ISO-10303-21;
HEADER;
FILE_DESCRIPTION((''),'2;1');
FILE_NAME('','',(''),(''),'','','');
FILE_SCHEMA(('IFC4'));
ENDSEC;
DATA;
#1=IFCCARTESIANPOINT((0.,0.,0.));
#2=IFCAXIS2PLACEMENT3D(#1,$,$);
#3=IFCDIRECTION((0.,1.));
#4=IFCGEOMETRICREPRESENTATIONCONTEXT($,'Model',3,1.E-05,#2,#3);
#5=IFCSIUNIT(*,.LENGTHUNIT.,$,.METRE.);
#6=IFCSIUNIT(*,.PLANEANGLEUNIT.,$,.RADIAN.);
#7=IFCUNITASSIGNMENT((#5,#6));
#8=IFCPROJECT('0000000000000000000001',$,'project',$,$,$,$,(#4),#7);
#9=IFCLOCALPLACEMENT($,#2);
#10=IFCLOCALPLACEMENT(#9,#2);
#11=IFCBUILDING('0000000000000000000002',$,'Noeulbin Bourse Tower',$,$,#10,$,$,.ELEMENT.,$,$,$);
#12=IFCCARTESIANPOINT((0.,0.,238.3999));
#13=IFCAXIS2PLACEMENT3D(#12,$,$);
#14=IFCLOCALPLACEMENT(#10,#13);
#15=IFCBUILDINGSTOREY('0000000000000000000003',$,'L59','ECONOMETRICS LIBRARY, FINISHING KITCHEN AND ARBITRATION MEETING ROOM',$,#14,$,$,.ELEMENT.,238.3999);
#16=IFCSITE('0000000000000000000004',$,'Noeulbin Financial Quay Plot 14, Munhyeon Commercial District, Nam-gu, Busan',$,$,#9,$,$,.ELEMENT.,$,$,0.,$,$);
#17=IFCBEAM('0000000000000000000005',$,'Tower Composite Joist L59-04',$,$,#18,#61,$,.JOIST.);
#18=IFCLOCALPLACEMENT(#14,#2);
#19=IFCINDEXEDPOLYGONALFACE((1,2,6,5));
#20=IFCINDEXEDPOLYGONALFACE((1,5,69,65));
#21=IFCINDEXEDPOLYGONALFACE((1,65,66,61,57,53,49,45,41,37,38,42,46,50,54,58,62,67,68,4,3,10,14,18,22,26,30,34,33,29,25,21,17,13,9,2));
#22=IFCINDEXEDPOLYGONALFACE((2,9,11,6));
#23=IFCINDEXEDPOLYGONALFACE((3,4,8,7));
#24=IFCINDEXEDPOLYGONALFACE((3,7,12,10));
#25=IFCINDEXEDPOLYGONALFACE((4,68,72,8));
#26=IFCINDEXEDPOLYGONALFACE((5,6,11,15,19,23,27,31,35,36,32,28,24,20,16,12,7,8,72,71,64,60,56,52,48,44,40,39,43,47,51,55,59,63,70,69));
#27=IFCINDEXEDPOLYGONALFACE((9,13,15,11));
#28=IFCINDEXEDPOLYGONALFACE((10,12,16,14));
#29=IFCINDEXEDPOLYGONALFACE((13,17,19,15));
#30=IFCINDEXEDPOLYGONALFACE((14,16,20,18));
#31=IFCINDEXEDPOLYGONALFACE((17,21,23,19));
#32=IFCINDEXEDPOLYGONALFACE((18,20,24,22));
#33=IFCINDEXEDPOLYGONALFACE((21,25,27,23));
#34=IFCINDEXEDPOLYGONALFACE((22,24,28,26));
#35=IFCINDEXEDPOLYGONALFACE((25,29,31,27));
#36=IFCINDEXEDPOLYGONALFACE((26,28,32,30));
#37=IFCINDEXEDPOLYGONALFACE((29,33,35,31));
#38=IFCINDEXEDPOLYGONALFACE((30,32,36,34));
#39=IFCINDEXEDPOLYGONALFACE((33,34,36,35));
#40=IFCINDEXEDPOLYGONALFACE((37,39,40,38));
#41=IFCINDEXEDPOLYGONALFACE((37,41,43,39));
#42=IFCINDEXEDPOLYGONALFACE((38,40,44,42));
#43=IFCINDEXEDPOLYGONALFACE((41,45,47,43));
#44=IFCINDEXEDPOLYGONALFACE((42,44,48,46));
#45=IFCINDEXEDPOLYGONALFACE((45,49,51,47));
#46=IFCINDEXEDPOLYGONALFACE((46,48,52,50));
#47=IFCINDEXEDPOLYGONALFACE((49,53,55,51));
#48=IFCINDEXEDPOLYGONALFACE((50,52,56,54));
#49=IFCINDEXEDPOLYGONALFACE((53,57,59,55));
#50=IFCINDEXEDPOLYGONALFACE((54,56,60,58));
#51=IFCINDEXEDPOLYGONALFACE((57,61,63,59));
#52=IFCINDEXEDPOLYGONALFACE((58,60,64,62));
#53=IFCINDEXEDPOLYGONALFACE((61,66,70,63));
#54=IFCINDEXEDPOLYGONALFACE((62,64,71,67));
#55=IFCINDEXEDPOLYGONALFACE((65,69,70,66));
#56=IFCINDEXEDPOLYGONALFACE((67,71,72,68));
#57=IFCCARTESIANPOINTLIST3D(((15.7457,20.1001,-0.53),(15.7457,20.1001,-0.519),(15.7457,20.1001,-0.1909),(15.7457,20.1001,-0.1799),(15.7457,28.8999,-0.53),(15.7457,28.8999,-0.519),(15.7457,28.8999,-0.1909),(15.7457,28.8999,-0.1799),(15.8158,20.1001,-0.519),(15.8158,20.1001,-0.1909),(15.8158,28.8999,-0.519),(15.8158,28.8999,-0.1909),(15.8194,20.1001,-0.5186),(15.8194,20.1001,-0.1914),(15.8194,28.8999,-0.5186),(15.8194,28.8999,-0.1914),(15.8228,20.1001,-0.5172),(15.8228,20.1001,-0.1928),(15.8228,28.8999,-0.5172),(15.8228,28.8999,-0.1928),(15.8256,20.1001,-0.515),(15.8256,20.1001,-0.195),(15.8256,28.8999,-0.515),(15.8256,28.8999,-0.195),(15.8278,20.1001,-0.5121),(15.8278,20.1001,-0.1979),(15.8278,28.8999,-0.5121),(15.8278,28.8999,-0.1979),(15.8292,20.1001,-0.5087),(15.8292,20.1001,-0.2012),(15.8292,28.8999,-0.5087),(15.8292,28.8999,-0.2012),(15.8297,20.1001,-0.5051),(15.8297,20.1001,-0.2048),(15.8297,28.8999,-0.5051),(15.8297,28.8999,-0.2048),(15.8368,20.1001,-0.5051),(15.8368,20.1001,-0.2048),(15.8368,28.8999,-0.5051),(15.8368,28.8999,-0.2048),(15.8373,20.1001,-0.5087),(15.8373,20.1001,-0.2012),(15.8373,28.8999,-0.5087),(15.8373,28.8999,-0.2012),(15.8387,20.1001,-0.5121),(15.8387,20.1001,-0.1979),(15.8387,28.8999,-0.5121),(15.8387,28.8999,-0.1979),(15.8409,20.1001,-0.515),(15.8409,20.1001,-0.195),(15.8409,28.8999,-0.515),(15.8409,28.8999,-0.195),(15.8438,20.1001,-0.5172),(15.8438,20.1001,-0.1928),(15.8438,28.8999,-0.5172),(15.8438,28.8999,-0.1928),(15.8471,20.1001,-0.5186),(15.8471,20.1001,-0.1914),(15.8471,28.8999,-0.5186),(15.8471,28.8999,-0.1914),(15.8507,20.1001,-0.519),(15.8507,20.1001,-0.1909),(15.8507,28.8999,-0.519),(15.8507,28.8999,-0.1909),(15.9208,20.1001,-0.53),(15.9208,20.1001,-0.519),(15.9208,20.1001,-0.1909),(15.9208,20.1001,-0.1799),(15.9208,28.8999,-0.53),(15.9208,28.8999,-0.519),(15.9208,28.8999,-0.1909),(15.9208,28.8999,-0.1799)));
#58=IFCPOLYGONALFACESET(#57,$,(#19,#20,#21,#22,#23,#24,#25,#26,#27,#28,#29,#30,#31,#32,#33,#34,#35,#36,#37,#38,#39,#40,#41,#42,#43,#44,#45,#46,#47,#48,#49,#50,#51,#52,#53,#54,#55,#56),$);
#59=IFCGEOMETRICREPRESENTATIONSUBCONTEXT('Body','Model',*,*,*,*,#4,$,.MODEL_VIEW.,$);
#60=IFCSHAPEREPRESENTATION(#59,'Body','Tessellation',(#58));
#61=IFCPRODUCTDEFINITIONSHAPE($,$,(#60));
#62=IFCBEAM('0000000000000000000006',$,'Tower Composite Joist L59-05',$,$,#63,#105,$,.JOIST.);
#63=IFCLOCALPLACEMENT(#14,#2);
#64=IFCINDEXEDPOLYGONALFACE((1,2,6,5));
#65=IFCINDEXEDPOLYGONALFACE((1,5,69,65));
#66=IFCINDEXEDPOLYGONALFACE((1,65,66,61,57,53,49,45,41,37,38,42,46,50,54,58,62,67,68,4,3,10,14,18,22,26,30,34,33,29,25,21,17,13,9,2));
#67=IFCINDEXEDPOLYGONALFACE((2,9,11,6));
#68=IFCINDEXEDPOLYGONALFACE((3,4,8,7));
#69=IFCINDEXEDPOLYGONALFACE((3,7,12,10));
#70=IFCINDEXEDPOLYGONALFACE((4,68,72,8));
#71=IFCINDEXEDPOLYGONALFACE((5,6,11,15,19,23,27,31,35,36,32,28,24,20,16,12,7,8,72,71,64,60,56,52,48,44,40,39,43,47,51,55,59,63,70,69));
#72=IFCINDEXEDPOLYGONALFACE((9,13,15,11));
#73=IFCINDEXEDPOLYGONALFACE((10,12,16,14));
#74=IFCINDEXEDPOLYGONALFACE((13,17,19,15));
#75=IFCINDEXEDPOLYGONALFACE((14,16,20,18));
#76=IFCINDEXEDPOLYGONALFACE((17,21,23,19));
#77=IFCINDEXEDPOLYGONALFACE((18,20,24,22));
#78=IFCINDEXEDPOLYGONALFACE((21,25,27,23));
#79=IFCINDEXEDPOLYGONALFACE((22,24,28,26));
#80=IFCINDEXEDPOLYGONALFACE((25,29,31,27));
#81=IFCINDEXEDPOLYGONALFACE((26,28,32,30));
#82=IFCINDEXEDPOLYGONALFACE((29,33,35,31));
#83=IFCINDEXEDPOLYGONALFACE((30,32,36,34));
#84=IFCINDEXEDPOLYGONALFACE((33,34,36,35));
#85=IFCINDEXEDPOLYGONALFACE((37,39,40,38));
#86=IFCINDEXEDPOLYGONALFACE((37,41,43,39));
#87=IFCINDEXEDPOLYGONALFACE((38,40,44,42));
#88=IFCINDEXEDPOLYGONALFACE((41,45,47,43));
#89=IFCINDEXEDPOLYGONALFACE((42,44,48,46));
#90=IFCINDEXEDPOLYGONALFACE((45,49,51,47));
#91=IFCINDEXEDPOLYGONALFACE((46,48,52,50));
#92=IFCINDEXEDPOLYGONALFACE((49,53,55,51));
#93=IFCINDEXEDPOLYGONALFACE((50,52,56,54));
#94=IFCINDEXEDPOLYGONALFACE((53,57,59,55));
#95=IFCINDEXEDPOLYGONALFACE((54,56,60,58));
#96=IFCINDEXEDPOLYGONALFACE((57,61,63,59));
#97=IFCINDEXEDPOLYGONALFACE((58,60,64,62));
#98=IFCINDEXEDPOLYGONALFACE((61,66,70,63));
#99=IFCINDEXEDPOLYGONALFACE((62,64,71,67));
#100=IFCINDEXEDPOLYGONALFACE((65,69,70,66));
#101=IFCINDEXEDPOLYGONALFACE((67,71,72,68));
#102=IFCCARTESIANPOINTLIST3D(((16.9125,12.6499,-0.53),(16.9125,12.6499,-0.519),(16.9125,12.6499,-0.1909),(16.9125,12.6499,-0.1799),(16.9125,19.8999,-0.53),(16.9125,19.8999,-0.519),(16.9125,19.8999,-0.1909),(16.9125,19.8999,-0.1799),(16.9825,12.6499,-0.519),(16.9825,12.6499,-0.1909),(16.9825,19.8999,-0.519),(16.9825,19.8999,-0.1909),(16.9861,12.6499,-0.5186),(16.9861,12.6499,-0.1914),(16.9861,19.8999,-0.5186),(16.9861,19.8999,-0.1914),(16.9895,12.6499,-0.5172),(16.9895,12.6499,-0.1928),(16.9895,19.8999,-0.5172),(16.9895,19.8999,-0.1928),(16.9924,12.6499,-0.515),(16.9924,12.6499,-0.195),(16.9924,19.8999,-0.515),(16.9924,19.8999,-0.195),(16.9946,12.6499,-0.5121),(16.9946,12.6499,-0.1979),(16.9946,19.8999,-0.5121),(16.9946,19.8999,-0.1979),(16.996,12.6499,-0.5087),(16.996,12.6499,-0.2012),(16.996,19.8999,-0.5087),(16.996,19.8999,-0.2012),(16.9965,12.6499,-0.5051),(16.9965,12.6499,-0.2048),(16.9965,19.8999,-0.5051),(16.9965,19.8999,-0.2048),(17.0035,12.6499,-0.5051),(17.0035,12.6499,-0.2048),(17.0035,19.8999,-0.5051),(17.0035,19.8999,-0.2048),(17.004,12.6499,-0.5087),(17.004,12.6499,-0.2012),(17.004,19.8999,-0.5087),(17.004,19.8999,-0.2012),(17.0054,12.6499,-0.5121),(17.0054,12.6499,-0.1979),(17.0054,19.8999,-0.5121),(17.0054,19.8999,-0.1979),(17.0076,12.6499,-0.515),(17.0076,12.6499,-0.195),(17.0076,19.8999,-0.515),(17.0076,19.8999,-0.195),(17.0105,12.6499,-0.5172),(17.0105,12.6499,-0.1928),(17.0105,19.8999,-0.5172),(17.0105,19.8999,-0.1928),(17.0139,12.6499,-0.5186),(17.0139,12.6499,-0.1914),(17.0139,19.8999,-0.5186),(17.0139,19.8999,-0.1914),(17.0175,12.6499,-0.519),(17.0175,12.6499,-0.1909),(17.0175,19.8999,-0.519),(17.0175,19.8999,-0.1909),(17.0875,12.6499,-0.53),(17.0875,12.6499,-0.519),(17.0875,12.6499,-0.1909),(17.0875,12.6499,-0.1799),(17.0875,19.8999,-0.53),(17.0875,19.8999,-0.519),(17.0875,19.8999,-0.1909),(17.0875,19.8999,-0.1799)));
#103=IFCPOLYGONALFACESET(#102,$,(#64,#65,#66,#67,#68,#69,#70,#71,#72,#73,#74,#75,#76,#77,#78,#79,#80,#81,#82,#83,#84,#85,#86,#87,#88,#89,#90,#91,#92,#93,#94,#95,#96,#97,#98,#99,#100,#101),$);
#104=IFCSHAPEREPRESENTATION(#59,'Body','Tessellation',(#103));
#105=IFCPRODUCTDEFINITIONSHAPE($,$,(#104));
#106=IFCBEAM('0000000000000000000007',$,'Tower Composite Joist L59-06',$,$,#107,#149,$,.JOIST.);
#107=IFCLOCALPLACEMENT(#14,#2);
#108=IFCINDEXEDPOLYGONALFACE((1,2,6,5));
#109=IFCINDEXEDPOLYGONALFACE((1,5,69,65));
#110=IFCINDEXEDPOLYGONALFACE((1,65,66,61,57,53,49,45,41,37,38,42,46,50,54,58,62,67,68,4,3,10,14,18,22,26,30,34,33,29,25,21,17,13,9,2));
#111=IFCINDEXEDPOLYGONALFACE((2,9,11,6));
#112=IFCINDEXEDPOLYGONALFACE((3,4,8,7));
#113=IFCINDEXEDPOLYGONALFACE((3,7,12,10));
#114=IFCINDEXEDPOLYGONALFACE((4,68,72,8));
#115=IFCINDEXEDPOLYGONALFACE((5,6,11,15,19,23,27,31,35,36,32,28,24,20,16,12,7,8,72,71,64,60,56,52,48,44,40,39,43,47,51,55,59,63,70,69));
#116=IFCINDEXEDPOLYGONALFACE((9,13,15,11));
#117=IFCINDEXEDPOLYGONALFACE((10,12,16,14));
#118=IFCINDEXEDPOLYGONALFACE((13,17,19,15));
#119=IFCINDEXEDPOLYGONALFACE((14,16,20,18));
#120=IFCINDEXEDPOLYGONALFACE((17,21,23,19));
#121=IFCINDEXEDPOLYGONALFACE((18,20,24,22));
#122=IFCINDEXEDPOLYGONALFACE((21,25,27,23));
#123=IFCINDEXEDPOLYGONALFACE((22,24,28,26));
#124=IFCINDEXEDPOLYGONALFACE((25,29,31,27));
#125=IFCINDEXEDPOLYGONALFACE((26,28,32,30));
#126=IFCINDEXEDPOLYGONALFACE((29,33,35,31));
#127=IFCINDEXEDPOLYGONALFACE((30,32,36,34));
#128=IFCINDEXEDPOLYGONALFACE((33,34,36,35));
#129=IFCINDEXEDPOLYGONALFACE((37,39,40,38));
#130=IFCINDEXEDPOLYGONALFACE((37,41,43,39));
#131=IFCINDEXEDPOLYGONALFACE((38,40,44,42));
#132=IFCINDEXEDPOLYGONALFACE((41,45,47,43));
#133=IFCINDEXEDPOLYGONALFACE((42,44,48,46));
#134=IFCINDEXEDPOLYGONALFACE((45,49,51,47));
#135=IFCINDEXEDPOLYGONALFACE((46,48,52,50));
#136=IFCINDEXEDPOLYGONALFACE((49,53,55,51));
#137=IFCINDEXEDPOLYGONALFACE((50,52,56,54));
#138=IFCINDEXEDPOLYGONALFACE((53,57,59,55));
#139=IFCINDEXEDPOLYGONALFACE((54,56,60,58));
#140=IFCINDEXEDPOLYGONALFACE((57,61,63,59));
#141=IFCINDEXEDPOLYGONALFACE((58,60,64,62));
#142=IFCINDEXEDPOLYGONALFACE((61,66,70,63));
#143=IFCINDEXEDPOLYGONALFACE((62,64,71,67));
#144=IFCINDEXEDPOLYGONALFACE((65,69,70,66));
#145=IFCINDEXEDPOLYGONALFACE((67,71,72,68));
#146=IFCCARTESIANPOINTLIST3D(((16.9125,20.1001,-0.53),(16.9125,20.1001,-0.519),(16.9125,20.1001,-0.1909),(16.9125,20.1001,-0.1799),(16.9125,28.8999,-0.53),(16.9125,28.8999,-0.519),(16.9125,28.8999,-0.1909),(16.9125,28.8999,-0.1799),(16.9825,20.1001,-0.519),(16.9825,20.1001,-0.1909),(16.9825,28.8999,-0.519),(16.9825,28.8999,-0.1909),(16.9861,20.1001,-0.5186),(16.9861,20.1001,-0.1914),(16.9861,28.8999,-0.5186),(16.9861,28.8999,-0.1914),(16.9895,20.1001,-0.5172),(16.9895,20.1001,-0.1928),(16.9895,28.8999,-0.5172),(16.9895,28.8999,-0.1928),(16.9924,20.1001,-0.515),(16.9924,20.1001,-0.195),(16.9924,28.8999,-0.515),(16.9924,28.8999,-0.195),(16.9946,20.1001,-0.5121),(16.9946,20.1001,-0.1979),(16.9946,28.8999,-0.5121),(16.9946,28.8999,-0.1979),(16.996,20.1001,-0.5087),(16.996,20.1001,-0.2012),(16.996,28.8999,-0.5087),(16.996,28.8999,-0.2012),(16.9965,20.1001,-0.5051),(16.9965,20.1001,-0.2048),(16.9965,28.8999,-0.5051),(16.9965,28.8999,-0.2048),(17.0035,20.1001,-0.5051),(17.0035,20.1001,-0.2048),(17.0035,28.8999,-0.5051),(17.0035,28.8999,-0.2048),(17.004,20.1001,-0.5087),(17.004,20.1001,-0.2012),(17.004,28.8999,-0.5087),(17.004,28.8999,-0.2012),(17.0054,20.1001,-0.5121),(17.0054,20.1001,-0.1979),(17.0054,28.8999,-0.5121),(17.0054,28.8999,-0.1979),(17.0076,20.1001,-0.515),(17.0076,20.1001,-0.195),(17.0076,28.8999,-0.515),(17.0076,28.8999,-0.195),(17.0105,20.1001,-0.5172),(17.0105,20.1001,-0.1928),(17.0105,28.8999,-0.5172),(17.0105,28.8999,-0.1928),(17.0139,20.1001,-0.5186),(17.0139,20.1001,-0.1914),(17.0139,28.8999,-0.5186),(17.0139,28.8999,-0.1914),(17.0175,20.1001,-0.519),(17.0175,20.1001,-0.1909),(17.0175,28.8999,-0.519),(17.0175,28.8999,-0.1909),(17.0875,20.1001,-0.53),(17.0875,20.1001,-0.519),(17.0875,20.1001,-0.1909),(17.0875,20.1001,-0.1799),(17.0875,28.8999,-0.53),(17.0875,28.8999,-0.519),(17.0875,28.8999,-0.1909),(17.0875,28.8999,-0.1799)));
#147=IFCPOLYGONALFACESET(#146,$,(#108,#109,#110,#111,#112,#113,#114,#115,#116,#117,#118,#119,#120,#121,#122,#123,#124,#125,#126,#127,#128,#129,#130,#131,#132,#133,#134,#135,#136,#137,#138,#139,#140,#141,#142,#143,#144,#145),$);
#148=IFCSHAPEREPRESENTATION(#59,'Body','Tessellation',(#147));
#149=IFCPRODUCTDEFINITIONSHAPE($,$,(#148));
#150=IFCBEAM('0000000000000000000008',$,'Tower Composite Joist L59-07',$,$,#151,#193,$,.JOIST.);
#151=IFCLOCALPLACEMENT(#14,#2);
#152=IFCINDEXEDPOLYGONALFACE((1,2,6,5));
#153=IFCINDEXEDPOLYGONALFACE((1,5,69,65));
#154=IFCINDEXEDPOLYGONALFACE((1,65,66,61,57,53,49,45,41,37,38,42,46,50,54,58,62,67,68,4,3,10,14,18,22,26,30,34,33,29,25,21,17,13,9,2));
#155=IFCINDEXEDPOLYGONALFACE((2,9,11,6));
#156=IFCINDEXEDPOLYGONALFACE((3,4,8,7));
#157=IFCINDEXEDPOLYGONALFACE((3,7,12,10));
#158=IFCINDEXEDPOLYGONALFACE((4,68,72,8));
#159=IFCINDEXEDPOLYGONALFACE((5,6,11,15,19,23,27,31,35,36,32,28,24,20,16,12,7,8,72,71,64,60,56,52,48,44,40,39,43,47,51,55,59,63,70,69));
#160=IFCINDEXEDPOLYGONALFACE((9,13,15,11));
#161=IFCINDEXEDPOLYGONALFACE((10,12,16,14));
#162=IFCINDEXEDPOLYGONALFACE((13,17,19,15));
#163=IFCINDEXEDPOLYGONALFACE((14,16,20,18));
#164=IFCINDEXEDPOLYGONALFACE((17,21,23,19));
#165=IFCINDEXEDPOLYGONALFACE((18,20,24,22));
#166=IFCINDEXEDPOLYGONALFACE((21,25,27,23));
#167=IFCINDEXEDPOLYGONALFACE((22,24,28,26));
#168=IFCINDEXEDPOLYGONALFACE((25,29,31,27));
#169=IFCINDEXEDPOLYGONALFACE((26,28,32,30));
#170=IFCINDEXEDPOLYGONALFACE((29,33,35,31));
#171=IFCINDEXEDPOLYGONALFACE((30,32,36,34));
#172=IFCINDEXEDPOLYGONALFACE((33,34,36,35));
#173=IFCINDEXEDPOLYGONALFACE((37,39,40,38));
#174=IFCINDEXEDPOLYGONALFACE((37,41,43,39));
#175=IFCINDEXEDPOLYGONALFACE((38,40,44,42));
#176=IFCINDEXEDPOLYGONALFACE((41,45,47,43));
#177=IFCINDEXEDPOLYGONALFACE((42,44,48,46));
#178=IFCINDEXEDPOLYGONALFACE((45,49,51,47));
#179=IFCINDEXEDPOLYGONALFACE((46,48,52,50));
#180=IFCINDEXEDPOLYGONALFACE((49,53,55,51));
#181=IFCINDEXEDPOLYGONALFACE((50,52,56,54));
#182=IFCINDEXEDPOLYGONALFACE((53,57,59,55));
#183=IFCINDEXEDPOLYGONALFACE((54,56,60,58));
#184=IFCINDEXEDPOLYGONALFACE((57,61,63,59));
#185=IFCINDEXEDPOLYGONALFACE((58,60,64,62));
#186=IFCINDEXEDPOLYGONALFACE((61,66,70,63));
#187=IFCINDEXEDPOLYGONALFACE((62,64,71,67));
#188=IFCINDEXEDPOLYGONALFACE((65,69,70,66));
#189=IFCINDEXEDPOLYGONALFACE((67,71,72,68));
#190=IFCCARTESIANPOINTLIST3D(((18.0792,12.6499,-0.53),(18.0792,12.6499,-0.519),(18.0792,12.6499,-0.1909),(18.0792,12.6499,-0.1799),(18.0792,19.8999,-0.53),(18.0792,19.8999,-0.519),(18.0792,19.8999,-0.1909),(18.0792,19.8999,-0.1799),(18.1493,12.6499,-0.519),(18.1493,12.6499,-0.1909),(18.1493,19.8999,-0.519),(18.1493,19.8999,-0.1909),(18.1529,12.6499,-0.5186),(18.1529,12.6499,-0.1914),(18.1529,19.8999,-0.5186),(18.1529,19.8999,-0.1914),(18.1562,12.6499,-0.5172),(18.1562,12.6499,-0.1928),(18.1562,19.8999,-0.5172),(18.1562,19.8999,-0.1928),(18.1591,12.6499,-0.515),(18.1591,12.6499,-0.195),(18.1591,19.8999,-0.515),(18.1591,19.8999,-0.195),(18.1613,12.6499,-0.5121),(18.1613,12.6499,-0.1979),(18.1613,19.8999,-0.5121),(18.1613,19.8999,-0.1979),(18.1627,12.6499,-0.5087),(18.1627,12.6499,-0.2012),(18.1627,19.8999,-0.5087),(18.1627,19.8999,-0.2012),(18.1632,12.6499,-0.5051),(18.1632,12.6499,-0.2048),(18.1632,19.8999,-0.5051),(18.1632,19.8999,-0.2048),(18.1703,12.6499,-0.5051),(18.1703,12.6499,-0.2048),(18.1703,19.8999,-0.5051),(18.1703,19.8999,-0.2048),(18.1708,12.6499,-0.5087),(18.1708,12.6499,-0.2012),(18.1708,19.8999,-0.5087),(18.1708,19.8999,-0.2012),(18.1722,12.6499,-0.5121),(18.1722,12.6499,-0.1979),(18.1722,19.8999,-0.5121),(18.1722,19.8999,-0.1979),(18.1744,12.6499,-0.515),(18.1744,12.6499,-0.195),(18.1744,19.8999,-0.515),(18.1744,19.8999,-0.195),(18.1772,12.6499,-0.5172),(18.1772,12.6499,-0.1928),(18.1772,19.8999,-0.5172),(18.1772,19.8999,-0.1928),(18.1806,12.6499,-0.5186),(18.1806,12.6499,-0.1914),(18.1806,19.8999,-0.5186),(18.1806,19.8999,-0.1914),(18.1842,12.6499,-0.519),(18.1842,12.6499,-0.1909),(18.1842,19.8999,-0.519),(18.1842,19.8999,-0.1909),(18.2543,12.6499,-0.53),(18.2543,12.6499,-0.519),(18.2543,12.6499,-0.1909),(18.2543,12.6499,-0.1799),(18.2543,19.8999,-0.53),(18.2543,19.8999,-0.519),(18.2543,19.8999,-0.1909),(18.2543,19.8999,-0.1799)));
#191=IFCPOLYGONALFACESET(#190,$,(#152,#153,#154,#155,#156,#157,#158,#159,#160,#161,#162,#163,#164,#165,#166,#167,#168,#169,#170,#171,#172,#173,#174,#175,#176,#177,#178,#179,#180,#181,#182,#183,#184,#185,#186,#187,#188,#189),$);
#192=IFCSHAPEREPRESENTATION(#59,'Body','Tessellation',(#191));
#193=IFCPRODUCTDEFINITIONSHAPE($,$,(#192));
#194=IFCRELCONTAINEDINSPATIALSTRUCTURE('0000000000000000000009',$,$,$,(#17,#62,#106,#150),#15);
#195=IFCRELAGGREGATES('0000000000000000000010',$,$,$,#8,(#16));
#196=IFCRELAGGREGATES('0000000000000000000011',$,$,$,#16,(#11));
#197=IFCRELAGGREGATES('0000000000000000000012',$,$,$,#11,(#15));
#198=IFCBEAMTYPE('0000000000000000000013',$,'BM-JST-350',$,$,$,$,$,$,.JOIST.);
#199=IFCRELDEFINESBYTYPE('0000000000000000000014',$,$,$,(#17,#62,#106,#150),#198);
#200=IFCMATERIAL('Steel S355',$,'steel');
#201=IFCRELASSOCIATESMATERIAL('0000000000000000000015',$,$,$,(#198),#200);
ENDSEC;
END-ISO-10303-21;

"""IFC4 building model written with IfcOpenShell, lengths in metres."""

from ifc_helpers import new_model, si_unit, direction, frame, origin, origin_2d, place, context, subcontext, project, spatial, i_section, extrude, material, material_profile, profile_set, type_object, element, save


model = new_model("IFC4")

# Units and contexts
model_context = context("Model", 3, precision=1e-05, world=origin(), true_north=direction((0.0, 1.0)))
body_context = subcontext(model_context, "Body", "Model", "MODEL_VIEW")
ifc_project = project(units=[si_unit("LENGTHUNIT", "METRE"), si_unit("PLANEANGLEUNIT", "RADIAN")], contexts=[model_context])

# Site, building, storey
site_placement = place(None, origin())
site = spatial("IfcSite", under=ifc_project, at=site_placement, Name="Noeulbin Financial Quay Plot 14, Munhyeon Commercial District, Nam-gu, Busan", CompositionType="ELEMENT", RefElevation=0.0)
building_placement = place(site_placement, origin())
building = spatial("IfcBuilding", under=site, at=building_placement, Name="Noeulbin Bourse Tower", CompositionType="ELEMENT")
storey_placement = place(building_placement, frame((0.0, 0.0, 238.3999)))
storey = spatial("IfcBuildingStorey", under=building, at=storey_placement, Name="L59", Description="ECONOMETRICS LIBRARY, FINISHING KITCHEN AND ARBITRATION MEETING ROOM", CompositionType="ELEMENT", Elevation=238.3999)

# Shared definitions
ifc_material_1 = material(Name="Steel S355", Category="steel")

# Beams
ifc_material_profile_1 = material_profile(ifc_material_1, i_section(OverallWidth=0.175, OverallDepth=0.3501, WebThickness=0.0071, FlangeThickness=0.011, FilletRadius=0.0139, at=origin_2d()), Name="H-350x175x7x11", Category="LoadBearing")
ifc_profile_set_1 = profile_set([ifc_material_profile_1], Name="Steel S355")
beam_type_1 = type_object("IfcBeamType", Name="BM-JST-350", PredefinedType="JOIST", material=ifc_profile_set_1)
beam_1_placement = place(storey_placement, frame((15.8333, 20.1001, -0.355), z_axis=(0.0, 1.0, 0.0), x_axis=(-1.0, 0.0, 0.0)))
element("IfcBeam", 1, at=beam_1_placement, inside=storey, type_object=beam_type_1, Name="Tower Composite Joist L59-04", PredefinedType="JOIST", context=body_context, shape_type="SweptSolid", body=[
    extrude(i_section(OverallWidth=0.175, OverallDepth=0.3501, WebThickness=0.0071, FlangeThickness=0.011, FilletRadius=0.0139, at=origin_2d()), origin(), (0.0, 0.0, 1.0), 8.7998),
])
beam_2_placement = place(storey_placement, frame((17.0, 12.6499, -0.355), z_axis=(0.0, 1.0, 0.0), x_axis=(-1.0, 0.0, 0.0)))
element("IfcBeam", 2, at=beam_2_placement, inside=storey, type_object=beam_type_1, Name="Tower Composite Joist L59-05", PredefinedType="JOIST", context=body_context, shape_type="SweptSolid", body=[
    extrude(i_section(OverallWidth=0.175, OverallDepth=0.3501, WebThickness=0.0071, FlangeThickness=0.011, FilletRadius=0.0139, at=origin_2d()), origin(), (0.0, 0.0, 1.0), 7.25),
])
beam_3_placement = place(storey_placement, frame((17.0, 20.1001, -0.355), z_axis=(0.0, 1.0, 0.0), x_axis=(-1.0, 0.0, 0.0)))
element("IfcBeam", 3, at=beam_3_placement, inside=storey, type_object=beam_type_1, Name="Tower Composite Joist L59-06", PredefinedType="JOIST", context=body_context, shape_type="SweptSolid", body=[
    extrude(i_section(OverallWidth=0.175, OverallDepth=0.3501, WebThickness=0.0071, FlangeThickness=0.011, FilletRadius=0.0139, at=origin_2d()), origin(), (0.0, 0.0, 1.0), 8.7998),
])
beam_4_placement = place(storey_placement, frame((18.1667, 12.6499, -0.355), z_axis=(0.0, 1.0, 0.0), x_axis=(-1.0, 0.0, 0.0)))
element("IfcBeam", 4, at=beam_4_placement, inside=storey, type_object=beam_type_1, Name="Tower Composite Joist L59-07", PredefinedType="JOIST", context=body_context, shape_type="SweptSolid", body=[
    extrude(i_section(OverallWidth=0.175, OverallDepth=0.3501, WebThickness=0.0071, FlangeThickness=0.011, FilletRadius=0.0139, at=origin_2d()), origin(), (0.0, 0.0, 1.0), 7.25),
])

save(model, "model.ifc")
